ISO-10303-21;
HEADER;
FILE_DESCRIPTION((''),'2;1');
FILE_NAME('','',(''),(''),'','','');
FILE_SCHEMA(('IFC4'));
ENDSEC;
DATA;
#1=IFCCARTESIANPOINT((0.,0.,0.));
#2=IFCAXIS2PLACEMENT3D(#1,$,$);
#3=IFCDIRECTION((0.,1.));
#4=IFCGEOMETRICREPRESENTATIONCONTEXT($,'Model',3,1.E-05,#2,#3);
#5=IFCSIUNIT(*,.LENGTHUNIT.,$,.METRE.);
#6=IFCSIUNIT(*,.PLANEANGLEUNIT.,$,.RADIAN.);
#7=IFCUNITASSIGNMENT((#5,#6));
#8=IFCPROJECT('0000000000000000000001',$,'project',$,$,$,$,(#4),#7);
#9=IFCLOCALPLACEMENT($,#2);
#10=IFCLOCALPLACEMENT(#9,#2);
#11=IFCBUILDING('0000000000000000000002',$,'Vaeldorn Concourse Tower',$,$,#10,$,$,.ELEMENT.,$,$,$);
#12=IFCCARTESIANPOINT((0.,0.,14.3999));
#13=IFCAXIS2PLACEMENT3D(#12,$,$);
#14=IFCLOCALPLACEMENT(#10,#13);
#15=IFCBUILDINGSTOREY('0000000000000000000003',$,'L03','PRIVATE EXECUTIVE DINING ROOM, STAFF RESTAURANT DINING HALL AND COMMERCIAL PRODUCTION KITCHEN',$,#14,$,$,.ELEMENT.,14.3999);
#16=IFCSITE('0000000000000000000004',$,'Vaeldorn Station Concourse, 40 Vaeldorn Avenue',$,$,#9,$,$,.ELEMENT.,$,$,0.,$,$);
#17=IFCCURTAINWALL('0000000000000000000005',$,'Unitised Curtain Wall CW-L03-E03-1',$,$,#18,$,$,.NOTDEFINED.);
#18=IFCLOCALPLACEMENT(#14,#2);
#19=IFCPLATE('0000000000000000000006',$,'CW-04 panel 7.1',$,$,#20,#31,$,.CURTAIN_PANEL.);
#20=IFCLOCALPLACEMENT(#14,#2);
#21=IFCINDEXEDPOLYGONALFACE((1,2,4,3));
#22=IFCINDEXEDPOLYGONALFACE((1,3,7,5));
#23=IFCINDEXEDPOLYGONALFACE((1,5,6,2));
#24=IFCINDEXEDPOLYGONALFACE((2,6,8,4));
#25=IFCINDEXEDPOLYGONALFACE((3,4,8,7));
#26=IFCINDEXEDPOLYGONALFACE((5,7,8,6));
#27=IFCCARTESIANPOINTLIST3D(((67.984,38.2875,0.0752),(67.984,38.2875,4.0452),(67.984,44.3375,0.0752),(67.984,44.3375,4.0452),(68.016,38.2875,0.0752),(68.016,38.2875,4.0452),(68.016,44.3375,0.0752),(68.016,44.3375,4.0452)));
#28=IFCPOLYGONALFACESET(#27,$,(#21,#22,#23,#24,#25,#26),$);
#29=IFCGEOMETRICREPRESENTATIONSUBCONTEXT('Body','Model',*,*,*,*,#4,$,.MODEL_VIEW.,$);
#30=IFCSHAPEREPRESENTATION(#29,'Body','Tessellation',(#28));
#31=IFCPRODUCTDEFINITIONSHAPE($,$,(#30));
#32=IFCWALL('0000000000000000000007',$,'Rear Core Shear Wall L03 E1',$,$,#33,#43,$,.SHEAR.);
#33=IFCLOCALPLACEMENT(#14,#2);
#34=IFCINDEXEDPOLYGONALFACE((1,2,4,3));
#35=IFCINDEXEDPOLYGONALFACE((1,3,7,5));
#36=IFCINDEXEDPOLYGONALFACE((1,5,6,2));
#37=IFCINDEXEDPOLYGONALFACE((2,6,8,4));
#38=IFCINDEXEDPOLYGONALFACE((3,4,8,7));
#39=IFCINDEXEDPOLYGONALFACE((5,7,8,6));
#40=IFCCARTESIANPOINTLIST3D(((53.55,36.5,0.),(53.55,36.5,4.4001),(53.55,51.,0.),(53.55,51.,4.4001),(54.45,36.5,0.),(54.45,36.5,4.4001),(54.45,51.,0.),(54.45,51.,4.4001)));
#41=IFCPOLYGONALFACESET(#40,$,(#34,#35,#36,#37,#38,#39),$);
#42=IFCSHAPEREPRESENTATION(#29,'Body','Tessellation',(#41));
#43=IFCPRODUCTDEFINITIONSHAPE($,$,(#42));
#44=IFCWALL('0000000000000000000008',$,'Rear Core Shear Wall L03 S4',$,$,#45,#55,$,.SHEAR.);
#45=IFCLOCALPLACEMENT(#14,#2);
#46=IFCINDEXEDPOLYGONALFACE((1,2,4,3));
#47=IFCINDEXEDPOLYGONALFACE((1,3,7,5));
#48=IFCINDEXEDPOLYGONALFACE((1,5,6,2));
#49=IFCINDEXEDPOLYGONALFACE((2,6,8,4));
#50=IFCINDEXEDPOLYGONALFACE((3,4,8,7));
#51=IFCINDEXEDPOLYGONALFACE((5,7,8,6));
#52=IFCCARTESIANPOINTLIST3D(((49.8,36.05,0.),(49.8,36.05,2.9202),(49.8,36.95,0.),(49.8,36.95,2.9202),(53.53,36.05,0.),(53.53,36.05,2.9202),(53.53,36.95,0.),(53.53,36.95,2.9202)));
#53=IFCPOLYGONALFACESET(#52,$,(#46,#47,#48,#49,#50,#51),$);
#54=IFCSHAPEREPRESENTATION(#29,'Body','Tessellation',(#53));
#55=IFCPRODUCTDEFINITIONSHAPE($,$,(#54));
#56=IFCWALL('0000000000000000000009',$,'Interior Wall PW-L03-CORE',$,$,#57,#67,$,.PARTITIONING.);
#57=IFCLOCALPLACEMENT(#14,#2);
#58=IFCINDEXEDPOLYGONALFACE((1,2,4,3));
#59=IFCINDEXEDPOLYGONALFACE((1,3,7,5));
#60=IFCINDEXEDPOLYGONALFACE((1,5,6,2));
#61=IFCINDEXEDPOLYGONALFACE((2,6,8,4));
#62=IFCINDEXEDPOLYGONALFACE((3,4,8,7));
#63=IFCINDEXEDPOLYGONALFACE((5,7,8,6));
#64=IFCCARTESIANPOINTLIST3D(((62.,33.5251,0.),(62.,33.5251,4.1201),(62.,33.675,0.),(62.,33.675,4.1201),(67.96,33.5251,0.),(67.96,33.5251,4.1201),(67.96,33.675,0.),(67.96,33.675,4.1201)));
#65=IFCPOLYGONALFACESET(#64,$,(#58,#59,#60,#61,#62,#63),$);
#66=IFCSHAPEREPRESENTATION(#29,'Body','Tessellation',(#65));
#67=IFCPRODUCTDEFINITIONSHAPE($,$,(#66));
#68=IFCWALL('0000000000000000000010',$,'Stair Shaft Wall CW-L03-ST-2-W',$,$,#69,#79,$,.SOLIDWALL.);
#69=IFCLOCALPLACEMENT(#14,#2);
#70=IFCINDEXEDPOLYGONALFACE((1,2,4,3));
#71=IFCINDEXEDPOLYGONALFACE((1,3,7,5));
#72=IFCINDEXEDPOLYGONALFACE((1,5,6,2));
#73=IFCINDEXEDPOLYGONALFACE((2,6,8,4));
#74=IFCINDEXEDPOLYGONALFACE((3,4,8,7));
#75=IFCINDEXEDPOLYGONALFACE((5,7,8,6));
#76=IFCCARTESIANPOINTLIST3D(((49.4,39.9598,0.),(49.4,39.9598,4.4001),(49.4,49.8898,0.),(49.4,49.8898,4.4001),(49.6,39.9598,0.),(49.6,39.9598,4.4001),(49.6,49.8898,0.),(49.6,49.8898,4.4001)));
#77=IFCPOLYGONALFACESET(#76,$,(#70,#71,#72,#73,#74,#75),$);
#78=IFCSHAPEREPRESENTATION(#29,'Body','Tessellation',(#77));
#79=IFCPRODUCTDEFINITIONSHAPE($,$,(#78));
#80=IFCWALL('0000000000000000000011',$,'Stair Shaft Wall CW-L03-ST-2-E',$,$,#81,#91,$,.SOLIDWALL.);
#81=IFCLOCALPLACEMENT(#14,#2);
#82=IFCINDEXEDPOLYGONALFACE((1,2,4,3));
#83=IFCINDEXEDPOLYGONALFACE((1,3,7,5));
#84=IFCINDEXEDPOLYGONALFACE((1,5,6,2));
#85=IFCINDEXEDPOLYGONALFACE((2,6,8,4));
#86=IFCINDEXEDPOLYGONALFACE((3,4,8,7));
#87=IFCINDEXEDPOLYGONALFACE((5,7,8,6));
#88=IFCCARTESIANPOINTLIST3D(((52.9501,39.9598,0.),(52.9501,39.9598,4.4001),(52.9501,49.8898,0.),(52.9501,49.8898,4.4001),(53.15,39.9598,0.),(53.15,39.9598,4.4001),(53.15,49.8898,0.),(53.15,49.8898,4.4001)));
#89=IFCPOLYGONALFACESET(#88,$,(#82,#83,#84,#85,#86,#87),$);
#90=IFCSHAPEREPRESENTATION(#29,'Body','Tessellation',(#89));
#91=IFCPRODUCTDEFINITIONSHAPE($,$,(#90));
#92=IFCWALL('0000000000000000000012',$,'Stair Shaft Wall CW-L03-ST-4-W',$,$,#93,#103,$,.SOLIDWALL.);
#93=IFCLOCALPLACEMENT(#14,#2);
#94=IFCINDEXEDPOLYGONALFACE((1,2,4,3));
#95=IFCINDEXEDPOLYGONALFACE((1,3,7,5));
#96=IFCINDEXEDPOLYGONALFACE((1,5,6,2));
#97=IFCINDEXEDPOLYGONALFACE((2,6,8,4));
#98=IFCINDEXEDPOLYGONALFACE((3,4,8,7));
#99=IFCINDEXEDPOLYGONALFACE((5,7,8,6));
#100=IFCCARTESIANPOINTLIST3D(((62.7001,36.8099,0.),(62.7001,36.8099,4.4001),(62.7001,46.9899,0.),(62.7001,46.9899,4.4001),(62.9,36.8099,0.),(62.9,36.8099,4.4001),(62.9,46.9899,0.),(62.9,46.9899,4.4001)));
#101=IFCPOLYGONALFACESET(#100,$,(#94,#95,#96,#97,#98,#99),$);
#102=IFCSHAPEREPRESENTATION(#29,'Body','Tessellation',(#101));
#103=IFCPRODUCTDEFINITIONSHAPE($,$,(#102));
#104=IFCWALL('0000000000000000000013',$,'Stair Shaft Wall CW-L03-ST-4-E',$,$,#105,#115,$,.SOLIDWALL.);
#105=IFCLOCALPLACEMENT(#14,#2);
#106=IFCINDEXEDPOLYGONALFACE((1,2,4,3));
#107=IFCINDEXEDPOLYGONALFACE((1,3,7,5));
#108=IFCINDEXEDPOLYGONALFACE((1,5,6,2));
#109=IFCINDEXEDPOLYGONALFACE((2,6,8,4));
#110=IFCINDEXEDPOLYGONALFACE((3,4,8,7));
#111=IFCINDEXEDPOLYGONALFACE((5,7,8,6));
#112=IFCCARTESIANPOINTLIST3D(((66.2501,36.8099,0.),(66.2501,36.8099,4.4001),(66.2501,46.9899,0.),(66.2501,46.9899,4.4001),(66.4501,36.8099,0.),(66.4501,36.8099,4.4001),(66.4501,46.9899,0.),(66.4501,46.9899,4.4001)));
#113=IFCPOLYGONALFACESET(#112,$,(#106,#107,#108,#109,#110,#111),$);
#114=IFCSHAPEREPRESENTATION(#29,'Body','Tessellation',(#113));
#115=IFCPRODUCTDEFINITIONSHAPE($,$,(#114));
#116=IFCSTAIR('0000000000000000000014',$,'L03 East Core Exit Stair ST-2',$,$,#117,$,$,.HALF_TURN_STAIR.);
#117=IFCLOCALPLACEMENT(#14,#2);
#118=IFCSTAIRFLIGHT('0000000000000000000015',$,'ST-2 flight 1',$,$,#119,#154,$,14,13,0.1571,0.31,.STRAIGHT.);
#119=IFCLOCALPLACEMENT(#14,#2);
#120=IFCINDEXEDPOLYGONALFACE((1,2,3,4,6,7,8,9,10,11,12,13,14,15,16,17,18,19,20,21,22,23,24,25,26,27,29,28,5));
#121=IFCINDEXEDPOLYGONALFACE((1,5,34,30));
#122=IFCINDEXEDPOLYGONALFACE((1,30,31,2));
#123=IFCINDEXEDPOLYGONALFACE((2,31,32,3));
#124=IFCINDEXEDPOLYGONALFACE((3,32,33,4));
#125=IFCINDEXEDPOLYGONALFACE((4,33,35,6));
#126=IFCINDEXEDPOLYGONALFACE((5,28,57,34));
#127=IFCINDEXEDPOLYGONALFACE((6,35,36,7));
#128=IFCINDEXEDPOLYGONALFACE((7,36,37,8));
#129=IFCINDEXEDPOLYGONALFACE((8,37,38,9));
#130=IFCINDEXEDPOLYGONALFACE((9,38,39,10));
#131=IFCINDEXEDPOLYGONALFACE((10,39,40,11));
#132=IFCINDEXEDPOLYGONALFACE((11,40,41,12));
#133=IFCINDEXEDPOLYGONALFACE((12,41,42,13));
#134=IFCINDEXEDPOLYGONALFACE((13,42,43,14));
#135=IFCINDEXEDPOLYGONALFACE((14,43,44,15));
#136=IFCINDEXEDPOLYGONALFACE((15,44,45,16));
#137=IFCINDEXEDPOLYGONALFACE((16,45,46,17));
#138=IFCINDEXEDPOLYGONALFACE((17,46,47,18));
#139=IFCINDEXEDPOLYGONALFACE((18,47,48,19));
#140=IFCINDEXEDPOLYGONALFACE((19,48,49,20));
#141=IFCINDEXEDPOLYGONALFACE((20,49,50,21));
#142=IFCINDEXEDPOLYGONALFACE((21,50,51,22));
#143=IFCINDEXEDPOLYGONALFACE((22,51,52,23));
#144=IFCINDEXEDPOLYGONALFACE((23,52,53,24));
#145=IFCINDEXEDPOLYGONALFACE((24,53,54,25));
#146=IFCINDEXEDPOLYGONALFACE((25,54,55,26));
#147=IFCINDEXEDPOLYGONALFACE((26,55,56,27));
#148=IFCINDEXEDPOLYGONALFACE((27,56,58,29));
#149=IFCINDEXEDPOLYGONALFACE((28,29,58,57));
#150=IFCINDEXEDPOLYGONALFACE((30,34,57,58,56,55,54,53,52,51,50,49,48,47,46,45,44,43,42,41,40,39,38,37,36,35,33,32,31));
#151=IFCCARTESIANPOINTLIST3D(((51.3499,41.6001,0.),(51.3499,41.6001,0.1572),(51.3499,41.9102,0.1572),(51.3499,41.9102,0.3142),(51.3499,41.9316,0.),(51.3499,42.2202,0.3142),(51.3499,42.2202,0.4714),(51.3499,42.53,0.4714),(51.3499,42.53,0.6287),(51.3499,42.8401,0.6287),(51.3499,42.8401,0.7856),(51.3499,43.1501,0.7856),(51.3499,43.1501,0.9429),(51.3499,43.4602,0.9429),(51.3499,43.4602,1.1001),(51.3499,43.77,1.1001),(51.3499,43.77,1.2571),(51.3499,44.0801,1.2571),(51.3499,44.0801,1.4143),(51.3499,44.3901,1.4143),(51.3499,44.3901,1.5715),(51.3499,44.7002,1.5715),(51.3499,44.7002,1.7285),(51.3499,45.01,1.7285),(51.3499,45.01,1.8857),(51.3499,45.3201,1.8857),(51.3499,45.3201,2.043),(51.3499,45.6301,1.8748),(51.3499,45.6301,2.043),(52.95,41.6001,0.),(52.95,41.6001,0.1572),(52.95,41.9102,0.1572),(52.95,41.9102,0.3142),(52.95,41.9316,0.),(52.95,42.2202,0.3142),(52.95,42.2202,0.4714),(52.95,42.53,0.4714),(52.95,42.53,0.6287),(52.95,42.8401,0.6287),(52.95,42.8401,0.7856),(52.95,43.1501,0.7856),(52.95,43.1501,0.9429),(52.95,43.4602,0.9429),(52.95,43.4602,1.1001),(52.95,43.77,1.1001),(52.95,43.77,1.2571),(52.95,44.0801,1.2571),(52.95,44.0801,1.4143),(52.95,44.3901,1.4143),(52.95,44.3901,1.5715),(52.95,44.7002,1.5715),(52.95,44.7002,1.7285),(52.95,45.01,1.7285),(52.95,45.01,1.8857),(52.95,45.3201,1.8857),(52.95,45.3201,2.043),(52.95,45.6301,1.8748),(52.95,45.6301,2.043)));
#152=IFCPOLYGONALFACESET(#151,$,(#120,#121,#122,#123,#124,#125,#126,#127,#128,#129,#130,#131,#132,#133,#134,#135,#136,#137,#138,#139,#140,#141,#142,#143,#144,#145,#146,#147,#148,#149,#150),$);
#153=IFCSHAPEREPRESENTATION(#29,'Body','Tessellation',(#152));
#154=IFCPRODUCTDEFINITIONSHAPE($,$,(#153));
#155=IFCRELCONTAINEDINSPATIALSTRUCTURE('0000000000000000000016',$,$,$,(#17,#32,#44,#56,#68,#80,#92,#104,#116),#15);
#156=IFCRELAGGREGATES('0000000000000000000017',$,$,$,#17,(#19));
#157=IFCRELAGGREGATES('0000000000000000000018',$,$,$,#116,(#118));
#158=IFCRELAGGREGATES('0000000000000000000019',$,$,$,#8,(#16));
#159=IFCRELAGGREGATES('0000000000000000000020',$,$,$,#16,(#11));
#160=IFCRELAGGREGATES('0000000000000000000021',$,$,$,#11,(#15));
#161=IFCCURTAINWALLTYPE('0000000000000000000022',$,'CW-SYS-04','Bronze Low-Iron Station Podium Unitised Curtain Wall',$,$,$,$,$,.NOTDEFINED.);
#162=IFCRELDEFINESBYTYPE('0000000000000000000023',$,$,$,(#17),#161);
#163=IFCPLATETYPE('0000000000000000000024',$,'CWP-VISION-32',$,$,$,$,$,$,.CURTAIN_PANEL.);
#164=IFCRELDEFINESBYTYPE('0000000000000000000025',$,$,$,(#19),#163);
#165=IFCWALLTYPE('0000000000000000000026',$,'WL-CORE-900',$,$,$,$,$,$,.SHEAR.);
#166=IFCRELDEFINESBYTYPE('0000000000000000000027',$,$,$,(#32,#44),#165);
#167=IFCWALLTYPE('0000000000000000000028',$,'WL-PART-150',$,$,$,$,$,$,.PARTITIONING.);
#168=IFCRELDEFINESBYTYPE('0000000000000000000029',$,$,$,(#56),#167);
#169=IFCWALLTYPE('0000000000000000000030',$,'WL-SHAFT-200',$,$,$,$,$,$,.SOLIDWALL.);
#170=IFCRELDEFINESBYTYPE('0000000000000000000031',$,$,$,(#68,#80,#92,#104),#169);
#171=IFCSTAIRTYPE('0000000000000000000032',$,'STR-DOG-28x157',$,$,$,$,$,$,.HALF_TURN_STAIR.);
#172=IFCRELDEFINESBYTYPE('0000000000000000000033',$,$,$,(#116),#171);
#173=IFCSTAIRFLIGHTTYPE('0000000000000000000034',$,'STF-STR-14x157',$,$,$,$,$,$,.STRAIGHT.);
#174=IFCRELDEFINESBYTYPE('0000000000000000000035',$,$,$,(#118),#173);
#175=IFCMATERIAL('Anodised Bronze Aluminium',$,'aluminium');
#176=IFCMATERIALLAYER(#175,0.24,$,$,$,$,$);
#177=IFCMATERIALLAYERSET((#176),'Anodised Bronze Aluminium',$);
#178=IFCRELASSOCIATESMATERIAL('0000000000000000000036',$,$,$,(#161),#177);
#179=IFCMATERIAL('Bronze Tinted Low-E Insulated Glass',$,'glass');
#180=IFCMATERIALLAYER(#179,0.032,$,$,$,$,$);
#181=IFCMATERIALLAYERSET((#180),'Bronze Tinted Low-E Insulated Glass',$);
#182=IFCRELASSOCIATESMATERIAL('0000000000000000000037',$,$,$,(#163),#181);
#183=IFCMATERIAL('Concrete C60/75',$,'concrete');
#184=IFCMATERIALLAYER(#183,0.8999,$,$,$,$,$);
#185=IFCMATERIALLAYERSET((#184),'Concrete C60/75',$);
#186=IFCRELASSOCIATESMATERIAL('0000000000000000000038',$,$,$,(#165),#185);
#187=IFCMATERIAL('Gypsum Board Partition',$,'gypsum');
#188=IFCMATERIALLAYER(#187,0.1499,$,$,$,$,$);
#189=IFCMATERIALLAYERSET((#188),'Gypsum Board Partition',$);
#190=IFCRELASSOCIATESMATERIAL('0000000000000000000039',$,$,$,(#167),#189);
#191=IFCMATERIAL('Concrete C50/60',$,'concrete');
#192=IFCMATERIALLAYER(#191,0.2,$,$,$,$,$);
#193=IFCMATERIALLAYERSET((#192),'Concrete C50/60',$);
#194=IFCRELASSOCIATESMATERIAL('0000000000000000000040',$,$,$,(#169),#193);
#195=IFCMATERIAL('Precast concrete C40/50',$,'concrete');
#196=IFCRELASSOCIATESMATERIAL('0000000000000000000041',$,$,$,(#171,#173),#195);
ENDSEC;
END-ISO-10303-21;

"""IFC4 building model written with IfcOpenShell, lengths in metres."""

from ifc_helpers import new_model, si_unit, direction, frame, frame_2d, origin, origin_2d, place, context, subcontext, project, spatial, polyline, rectangle, outline, extrude, source, transform, mapped, material, layer, layer_set, type_object, element, aggregate, save


model = new_model("IFC4")

# Units and contexts
model_context = context("Model", 3, precision=1e-05, world=origin(), true_north=direction((0.0, 1.0)))
body_context = subcontext(model_context, "Body", "Model", "MODEL_VIEW")
ifc_project = project(units=[si_unit("LENGTHUNIT", "METRE"), si_unit("PLANEANGLEUNIT", "RADIAN")], contexts=[model_context])

# Site, building, storey
site_placement = place(None, origin())
site = spatial("IfcSite", under=ifc_project, at=site_placement, Name="Vaeldorn Station Concourse, 40 Vaeldorn Avenue", CompositionType="ELEMENT", RefElevation=0.0)
building_placement = place(site_placement, origin())
building = spatial("IfcBuilding", under=site, at=building_placement, Name="Vaeldorn Concourse Tower", CompositionType="ELEMENT")
storey_placement = place(building_placement, frame((0.0, 0.0, 14.3999)))
storey = spatial("IfcBuildingStorey", under=building, at=storey_placement, Name="L03", Description="PRIVATE EXECUTIVE DINING ROOM, STAFF RESTAURANT DINING HALL AND COMMERCIAL PRODUCTION KITCHEN", CompositionType="ELEMENT", Elevation=14.3999)

# Shared definitions
ifc_material_1 = material(Name="Concrete C60/75", Category="concrete")

# Curtain wall, plate
ifc_material_2 = material(Name="Anodised Bronze Aluminium", Category="aluminium")
ifc_layer_1 = layer(ifc_material_2, 0.24)
ifc_layer_set_1 = layer_set([ifc_layer_1], Name="Anodised Bronze Aluminium")
curtain_wall_type = type_object("IfcCurtainWallType", Name="CW-SYS-04", Description="Bronze Low-Iron Station Podium Unitised Curtain Wall", PredefinedType="NOTDEFINED", material=ifc_layer_set_1)
curtain_wall_placement = place(storey_placement, origin())
curtain_wall = element("IfcCurtainWall", 1, at=curtain_wall_placement, inside=storey, type_object=curtain_wall_type, Name="Unitised Curtain Wall CW-L03-E03-1", PredefinedType="NOTDEFINED")
ifc_material_3 = material(Name="Bronze Tinted Low-E Insulated Glass", Category="glass")
ifc_layer_2 = layer(ifc_material_3, 0.032)
ifc_layer_set_2 = layer_set([ifc_layer_2], Name="Bronze Tinted Low-E Insulated Glass")
plate_type = type_object("IfcPlateType", Name="CWP-VISION-32", PredefinedType="CURTAIN_PANEL", material=ifc_layer_set_2)
shared_shape_1 = source(origin(), body_context, "Body", "SweptSolid", [
    extrude(rectangle(XDim=6.05, YDim=0.032, at=origin_2d()), origin(), (0.0, 0.0, 1.0), 3.97),
])
plate_1_placement = place(storey_placement, frame((68.0, 41.3125, 0.0752), z_axis=(0.0, 0.0, 1.0), x_axis=(0.0, 1.0, 0.0)))
plate_1 = element("IfcPlate", 2, at=plate_1_placement, type_object=plate_type, Name="CW-04 panel 7.1", PredefinedType="CURTAIN_PANEL", context=body_context, shape_type="MappedRepresentation", body=[
    mapped(shared_shape_1, transform((0.0, 0.0, 0.0), scale=1.0)),
])
aggregate(curtain_wall, [plate_1])

# Walls
ifc_layer_3 = layer(ifc_material_1, 0.8999)
ifc_layer_set_3 = layer_set([ifc_layer_3], Name="Concrete C60/75")
wall_type_1 = type_object("IfcWallType", Name="WL-CORE-900", PredefinedType="SHEAR", material=ifc_layer_set_3)
wall_1_placement = place(storey_placement, frame((54.0, 36.5, 0.0), z_axis=(0.0, 0.0, 1.0), x_axis=(0.0, 1.0, 0.0)))
element("IfcWall", 3, at=wall_1_placement, inside=storey, type_object=wall_type_1, Name="Rear Core Shear Wall L03 E1", PredefinedType="SHEAR", context=body_context, shape_type="SweptSolid", body=[
    extrude(rectangle(XDim=14.5, YDim=0.8999, at=frame_2d((7.25, 0.0))), origin(), (0.0, 0.0, 1.0), 4.4001),
])
wall_2_placement = place(storey_placement, frame((49.8, 36.5, 0.0), z_axis=(0.0, 0.0, 1.0), x_axis=(1.0, 0.0, 0.0)))
element("IfcWall", 4, at=wall_2_placement, inside=storey, type_object=wall_type_1, Name="Rear Core Shear Wall L03 S4", PredefinedType="SHEAR", context=body_context, shape_type="SweptSolid", body=[
    extrude(rectangle(XDim=3.73, YDim=0.8999, at=frame_2d((1.865, 0.0))), origin(), (0.0, 0.0, 1.0), 2.9202),
])
ifc_material_4 = material(Name="Gypsum Board Partition", Category="gypsum")
ifc_layer_4 = layer(ifc_material_4, 0.1499)
ifc_layer_set_4 = layer_set([ifc_layer_4], Name="Gypsum Board Partition")
wall_type_2 = type_object("IfcWallType", Name="WL-PART-150", PredefinedType="PARTITIONING", material=ifc_layer_set_4)
wall_3_placement = place(storey_placement, frame((62.0, 33.6001, 0.0), z_axis=(0.0, 0.0, 1.0), x_axis=(1.0, 0.0, 0.0)))
element("IfcWall", 5, at=wall_3_placement, inside=storey, type_object=wall_type_2, Name="Interior Wall PW-L03-CORE", PredefinedType="PARTITIONING", context=body_context, shape_type="SweptSolid", body=[
    extrude(rectangle(XDim=5.96, YDim=0.1499, at=frame_2d((2.98, 0.0))), origin(), (0.0, 0.0, 1.0), 4.1201),
])
ifc_material_5 = material(Name="Concrete C50/60", Category="concrete")
ifc_layer_5 = layer(ifc_material_5, 0.2)
ifc_layer_set_5 = layer_set([ifc_layer_5], Name="Concrete C50/60")
wall_type_3 = type_object("IfcWallType", Name="WL-SHAFT-200", PredefinedType="SOLIDWALL", material=ifc_layer_set_5)
for number, where, z_axis, x_axis, name in (
    (6, (49.5, 39.96, 0.0), (0.0, 0.0, 1.0), (0.0, 1.0, 0.0), "Stair Shaft Wall CW-L03-ST-2-W"),
    (7, (53.05, 39.96, 0.0), (0.0, 0.0, 1.0), (0.0, 1.0, 0.0), "Stair Shaft Wall CW-L03-ST-2-E"),
):
    element("IfcWall", number, at=place(storey_placement, frame(where, z_axis=z_axis, x_axis=x_axis)), inside=storey, type_object=wall_type_3, Name=name, PredefinedType="SOLIDWALL", context=body_context, shape_type="SweptSolid", body=[
        extrude(rectangle(XDim=9.9299, YDim=0.2, at=frame_2d((4.9648, 0.0))), origin(), (0.0, 0.0, 1.0), 4.4001),
    ])

# Walls
for number, where, z_axis, x_axis, name in (
    (8, (62.8, 36.8101, 0.0), (0.0, 0.0, 1.0), (0.0, 1.0, 0.0), "Stair Shaft Wall CW-L03-ST-4-W"),
    (9, (66.3501, 36.8101, 0.0), (0.0, 0.0, 1.0), (0.0, 1.0, 0.0), "Stair Shaft Wall CW-L03-ST-4-E"),
):
    element("IfcWall", number, at=place(storey_placement, frame(where, z_axis=z_axis, x_axis=x_axis)), inside=storey, type_object=wall_type_3, Name=name, PredefinedType="SOLIDWALL", context=body_context, shape_type="SweptSolid", body=[
        extrude(rectangle(XDim=10.1799, YDim=0.2, at=frame_2d((5.0898, 0.0))), origin(), (0.0, 0.0, 1.0), 4.4001),
    ])

# Stair, stair flight
ifc_material_6 = material(Name="Precast concrete C40/50", Category="concrete")
stair_type = type_object("IfcStairType", Name="STR-DOG-28x157", PredefinedType="HALF_TURN_STAIR", material=ifc_material_6)
stair_placement = place(storey_placement, origin())
stair = element("IfcStair", 10, at=stair_placement, inside=storey, type_object=stair_type, Name="L03 East Core Exit Stair ST-2", PredefinedType="HALF_TURN_STAIR")
stair_flight_type = type_object("IfcStairFlightType", Name="STF-STR-14x157", PredefinedType="STRAIGHT", material=ifc_material_6)
stair_flight_placement = place(storey_placement, frame((52.1499, 41.6001, 0.0), z_axis=(0.0, 0.0, 1.0), x_axis=(0.0, 1.0, 0.0)))
stair_flight = element("IfcStairFlight", 11, at=stair_flight_placement, type_object=stair_flight_type, Name="ST-2 flight 1", NumberOfRisers=14, NumberOfTreads=13, PredefinedType="STRAIGHT", RiserHeight=0.1571, TreadLength=0.31, context=body_context, shape_type="SweptSolid", body=[
    extrude(outline(polyline([(0.0, 0.0), (0.0, 0.1572), (0.3101, 0.1572), (0.3101, 0.3142), (0.6201, 0.3142), (0.6201, 0.4714), (0.9299, 0.4714), (0.9299, 0.6287), (1.24, 0.6287), (1.24, 0.7856), (1.55, 0.7856), (1.55, 0.9429), (1.8601, 0.9429), (1.8601, 1.1001), (2.1699, 1.1001), (2.1699, 1.2571), (2.48, 1.2571), (2.48, 1.4143), (2.79, 1.4143), (2.79, 1.5715), (3.1001, 1.5715), (3.1001, 1.7285), (3.4099, 1.7285), (3.4099, 1.8857), (3.72, 1.8857), (3.72, 2.043), (4.03, 2.043), (4.03, 2.2), (4.03, 1.8748), (0.3315, 0.0), (0.0, 0.0)])), frame((0.0, 0.8, 0.0), z_axis=(0.0, -1.0, 0.0), x_axis=(1.0, 0.0, 0.0)), (0.0, 0.0, 1.0), 1.6001),
])
aggregate(stair, [stair_flight])

save(model, "model.ifc")
